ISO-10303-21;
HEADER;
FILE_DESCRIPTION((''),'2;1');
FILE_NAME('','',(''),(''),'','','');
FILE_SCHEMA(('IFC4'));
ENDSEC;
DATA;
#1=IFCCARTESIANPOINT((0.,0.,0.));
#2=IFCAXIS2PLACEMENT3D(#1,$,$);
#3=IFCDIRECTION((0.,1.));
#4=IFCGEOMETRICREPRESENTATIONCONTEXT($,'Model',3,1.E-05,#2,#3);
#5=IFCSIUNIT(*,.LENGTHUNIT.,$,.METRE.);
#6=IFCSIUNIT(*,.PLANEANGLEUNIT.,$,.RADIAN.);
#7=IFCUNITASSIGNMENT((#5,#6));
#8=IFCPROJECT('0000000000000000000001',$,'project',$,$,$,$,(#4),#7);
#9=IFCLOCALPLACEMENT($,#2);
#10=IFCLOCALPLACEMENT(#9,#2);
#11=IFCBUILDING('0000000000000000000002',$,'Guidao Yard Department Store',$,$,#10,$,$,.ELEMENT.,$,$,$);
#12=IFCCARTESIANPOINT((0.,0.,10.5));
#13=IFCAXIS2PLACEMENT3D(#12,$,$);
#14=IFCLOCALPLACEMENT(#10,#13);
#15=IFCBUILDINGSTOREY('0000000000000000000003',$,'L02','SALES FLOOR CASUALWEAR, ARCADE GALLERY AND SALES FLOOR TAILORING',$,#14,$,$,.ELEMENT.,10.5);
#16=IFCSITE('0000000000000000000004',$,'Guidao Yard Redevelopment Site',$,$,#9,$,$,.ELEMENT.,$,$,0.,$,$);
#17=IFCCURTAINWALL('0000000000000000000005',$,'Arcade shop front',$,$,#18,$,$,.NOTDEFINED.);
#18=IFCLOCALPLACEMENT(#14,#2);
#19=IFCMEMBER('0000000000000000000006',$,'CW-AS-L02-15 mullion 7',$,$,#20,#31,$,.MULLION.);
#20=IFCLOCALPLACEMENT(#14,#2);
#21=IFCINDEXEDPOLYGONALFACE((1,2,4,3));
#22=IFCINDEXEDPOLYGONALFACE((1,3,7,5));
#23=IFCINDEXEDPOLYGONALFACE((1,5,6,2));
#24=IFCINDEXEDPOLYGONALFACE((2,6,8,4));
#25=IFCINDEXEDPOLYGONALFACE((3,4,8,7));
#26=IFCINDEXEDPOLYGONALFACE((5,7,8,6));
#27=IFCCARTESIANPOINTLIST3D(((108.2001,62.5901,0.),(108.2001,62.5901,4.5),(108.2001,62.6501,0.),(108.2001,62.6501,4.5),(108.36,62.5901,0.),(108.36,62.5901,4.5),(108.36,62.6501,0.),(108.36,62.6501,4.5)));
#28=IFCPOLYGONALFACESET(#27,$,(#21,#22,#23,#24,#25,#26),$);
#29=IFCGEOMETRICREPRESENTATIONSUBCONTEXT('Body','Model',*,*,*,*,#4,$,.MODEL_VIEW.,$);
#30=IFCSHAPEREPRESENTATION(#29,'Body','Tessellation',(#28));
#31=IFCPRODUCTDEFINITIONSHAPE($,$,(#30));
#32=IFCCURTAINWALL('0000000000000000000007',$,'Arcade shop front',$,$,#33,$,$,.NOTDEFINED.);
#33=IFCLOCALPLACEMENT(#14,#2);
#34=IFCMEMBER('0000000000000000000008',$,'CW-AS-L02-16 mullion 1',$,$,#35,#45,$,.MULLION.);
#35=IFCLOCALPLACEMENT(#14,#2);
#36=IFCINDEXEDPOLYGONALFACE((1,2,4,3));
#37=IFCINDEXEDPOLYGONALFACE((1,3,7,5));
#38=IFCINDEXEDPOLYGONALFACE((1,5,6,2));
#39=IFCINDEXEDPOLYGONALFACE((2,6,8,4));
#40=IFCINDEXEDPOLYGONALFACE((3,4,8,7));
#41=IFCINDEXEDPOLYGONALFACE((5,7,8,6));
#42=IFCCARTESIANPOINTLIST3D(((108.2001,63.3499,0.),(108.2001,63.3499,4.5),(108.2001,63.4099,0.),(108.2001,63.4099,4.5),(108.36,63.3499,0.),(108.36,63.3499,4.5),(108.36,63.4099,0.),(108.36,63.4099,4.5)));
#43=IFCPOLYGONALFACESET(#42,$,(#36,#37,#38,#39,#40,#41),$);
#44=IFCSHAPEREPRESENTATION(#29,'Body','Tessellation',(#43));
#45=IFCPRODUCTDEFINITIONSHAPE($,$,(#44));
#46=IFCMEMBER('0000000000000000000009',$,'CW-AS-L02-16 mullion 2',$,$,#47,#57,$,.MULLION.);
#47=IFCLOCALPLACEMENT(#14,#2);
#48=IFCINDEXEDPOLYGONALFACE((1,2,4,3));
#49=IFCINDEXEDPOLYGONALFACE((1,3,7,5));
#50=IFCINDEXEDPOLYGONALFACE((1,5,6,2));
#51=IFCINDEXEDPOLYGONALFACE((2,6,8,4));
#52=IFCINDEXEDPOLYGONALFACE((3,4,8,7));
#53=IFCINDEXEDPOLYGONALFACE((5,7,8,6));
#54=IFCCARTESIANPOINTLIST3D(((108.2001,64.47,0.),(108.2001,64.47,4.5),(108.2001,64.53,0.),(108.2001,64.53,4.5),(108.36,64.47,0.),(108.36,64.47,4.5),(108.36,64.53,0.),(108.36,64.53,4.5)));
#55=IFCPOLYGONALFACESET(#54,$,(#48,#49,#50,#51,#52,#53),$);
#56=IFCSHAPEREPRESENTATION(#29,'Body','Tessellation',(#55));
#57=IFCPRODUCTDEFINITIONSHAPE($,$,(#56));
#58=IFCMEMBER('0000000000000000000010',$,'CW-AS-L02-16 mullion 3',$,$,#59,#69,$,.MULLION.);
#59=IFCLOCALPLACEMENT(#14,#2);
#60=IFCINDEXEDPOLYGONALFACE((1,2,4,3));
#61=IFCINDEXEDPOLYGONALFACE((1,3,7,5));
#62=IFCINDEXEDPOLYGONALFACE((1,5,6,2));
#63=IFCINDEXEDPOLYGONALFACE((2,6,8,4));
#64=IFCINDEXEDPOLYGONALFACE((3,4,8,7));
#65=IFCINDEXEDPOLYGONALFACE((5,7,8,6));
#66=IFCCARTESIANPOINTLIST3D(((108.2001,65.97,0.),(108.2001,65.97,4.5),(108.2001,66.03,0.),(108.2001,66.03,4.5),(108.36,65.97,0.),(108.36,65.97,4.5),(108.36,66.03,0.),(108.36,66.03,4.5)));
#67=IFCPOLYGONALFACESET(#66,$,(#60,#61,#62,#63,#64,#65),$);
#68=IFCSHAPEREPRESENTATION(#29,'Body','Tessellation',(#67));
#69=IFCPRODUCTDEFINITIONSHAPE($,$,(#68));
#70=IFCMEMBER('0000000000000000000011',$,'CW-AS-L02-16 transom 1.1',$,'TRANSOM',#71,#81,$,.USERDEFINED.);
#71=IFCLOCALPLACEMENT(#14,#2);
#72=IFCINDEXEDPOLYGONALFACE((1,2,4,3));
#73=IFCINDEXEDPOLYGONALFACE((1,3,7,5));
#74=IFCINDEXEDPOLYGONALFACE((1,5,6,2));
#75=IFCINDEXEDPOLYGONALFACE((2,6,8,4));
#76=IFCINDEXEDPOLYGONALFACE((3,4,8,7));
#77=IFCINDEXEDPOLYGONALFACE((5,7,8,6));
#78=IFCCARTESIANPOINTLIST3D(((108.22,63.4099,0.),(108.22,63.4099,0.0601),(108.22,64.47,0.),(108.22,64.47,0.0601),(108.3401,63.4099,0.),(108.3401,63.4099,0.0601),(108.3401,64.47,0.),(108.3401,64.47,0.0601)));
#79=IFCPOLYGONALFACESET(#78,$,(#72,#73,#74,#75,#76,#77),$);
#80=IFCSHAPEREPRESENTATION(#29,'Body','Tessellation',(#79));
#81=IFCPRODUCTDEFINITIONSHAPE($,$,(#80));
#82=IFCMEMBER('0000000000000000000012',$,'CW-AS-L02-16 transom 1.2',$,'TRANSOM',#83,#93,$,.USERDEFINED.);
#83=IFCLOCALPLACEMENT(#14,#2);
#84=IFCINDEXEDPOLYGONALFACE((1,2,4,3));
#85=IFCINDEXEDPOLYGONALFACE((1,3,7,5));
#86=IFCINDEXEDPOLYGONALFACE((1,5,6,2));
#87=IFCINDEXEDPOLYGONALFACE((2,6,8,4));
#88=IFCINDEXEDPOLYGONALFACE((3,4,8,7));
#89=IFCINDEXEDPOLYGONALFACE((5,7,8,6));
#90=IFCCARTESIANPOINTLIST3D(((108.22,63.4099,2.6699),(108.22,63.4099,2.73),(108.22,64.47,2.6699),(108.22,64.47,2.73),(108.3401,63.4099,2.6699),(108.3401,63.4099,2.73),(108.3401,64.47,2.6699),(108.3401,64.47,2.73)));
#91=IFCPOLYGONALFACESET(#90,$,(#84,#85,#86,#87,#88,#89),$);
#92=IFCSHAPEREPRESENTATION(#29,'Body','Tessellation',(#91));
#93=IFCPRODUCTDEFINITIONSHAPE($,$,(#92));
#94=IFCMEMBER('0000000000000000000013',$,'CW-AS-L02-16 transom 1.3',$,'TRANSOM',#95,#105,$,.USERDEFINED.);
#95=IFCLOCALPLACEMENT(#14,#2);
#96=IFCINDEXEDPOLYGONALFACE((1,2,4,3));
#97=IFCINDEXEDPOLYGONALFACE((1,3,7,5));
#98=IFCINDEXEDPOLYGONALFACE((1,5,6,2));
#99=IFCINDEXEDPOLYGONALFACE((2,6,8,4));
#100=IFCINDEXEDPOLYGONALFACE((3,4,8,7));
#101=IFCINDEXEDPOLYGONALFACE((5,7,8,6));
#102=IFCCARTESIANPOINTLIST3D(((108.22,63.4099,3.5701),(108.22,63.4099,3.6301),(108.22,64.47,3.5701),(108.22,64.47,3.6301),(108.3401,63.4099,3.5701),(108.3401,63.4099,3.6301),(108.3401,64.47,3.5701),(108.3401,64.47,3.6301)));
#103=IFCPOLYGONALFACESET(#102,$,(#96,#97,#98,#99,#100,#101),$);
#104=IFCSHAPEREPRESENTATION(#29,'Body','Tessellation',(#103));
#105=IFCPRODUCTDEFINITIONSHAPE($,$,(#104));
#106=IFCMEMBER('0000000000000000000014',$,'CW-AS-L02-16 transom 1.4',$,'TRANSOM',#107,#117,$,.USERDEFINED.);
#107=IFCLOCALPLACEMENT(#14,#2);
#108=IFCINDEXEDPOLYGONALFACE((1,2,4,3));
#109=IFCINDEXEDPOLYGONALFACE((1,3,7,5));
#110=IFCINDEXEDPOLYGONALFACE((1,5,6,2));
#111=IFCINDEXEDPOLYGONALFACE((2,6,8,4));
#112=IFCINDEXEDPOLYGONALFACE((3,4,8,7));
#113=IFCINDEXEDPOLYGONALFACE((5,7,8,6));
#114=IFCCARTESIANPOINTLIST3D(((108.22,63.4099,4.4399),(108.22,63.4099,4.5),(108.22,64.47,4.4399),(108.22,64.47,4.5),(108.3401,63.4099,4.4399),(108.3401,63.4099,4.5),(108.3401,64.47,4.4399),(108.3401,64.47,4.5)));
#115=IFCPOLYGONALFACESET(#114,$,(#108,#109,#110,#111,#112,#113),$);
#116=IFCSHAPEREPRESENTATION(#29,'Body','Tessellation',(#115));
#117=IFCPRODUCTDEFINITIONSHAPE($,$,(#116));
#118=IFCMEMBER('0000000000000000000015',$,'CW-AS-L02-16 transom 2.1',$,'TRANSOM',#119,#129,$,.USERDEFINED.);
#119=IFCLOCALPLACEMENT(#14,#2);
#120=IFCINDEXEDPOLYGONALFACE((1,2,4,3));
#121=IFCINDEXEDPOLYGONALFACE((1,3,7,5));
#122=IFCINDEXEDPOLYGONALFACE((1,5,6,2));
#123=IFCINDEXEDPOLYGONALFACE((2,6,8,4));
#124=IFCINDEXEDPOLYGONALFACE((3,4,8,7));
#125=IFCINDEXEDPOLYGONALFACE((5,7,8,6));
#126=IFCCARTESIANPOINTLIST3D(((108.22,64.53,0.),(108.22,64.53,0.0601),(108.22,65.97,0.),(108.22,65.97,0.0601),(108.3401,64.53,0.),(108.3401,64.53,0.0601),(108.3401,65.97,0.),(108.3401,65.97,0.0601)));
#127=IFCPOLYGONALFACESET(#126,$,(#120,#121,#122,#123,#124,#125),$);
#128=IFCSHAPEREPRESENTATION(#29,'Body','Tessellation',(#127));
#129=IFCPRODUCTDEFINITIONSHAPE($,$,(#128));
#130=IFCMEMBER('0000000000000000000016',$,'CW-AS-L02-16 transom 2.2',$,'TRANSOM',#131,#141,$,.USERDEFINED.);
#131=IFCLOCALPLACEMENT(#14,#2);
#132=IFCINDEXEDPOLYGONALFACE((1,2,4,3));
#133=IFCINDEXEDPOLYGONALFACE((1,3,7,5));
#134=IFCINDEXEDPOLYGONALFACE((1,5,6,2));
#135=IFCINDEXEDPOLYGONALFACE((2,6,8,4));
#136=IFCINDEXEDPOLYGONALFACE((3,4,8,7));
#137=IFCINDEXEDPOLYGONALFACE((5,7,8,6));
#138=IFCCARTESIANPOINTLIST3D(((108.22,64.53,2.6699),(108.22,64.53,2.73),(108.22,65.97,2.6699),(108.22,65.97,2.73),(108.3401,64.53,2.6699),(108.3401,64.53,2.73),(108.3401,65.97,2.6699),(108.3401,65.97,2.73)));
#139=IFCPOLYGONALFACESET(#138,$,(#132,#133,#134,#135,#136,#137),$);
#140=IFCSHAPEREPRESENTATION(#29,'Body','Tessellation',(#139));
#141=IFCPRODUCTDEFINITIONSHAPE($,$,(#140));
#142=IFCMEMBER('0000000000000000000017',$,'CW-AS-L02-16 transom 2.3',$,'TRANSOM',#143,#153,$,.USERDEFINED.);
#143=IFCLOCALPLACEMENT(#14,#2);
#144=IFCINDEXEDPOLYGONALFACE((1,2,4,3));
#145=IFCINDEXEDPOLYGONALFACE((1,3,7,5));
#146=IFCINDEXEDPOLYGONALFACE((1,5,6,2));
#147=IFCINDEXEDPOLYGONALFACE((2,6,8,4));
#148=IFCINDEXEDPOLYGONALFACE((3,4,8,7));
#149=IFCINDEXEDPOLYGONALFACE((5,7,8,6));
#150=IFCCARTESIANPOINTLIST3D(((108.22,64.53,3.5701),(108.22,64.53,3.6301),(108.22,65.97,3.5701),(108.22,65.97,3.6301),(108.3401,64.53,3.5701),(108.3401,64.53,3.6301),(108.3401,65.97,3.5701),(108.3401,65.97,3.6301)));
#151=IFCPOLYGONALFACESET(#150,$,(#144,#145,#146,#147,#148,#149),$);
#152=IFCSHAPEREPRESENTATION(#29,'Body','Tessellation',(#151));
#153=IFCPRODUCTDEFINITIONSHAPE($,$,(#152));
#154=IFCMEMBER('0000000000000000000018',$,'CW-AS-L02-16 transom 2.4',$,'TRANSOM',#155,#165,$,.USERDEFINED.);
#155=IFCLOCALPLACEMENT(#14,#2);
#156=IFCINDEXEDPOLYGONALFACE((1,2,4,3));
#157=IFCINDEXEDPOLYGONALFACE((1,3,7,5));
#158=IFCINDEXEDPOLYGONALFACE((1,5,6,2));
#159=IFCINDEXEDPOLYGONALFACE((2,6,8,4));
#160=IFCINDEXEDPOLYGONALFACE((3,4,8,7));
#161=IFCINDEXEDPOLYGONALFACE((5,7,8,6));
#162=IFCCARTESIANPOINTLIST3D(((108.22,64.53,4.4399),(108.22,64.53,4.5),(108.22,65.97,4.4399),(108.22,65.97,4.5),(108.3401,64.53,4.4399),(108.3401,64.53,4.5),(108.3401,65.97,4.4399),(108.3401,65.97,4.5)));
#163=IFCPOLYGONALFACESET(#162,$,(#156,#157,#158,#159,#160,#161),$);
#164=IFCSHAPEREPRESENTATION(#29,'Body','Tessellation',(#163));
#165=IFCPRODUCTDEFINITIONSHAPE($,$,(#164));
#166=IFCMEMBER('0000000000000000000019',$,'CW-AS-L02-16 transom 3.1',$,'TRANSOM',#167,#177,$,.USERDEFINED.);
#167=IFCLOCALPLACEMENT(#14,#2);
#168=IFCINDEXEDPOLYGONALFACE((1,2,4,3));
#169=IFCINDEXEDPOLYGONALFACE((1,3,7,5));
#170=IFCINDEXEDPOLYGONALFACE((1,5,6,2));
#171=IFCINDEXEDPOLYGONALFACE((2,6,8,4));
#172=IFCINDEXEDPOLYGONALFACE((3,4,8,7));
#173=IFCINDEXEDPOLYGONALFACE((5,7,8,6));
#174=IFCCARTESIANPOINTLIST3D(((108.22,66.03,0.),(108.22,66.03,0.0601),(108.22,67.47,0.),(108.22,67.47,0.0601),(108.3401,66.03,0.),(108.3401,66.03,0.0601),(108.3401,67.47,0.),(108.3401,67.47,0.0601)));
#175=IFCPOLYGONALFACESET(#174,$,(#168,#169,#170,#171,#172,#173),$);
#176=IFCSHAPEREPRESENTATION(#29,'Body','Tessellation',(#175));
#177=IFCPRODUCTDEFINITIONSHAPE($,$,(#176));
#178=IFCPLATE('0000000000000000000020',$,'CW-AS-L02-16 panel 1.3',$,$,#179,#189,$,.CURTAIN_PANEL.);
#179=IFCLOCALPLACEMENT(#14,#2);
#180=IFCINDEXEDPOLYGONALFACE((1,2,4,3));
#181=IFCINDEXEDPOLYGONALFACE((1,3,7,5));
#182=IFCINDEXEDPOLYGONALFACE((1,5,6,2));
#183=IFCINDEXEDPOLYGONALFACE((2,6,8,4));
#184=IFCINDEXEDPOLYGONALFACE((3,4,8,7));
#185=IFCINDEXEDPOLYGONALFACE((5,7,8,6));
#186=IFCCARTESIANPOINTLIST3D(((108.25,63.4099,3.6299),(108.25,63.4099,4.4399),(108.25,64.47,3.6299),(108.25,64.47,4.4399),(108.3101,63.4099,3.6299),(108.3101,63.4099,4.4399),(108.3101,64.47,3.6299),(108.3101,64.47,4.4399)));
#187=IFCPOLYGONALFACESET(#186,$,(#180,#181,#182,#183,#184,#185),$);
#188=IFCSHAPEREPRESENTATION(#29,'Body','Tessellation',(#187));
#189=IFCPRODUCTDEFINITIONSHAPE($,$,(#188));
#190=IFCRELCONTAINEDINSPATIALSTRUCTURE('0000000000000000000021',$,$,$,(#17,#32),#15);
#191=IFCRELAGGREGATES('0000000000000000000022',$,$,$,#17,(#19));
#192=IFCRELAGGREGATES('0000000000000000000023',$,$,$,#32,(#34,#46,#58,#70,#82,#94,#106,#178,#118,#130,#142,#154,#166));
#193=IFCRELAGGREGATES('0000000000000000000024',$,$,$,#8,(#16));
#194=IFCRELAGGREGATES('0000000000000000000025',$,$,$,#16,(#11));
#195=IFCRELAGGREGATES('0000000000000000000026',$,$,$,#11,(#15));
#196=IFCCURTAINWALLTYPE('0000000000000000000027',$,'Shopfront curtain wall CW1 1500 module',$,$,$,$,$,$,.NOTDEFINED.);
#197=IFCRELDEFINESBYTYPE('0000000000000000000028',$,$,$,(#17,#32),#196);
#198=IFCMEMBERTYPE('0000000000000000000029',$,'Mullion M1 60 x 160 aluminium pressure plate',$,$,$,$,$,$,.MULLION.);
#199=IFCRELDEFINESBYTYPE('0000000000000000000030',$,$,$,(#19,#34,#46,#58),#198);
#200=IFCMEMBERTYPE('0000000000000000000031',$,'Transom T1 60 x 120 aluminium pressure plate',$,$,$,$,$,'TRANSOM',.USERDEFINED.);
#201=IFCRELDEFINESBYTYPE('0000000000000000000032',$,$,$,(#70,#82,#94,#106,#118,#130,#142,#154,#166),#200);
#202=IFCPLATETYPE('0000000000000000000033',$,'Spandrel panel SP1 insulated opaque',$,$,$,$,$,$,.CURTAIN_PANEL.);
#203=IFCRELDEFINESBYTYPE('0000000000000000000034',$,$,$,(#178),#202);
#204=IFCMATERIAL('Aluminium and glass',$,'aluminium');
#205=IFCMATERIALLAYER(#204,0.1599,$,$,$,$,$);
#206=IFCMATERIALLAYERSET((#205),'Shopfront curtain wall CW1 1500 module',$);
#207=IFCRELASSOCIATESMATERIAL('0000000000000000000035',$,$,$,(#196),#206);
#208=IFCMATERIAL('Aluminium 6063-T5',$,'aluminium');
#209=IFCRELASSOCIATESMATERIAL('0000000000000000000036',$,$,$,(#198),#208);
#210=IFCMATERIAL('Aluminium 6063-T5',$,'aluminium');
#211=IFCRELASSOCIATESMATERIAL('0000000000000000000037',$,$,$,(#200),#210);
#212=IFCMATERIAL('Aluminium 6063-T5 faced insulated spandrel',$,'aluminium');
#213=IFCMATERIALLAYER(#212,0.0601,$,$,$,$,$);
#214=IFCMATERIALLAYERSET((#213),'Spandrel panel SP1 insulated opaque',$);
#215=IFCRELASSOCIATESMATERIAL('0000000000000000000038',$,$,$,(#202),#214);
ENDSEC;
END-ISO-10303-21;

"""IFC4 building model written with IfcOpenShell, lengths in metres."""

from ifc_helpers import new_model, si_unit, direction, frame, origin, origin_2d, place, context, subcontext, project, spatial, rectangle, extrude, material, layer, layer_set, material_profile, profile_set, type_object, element, aggregate, save


model = new_model("IFC4")

# Units and contexts
model_context = context("Model", 3, precision=1e-05, world=origin(), true_north=direction((0.0, 1.0)))
body_context = subcontext(model_context, "Body", "Model", "MODEL_VIEW")
ifc_project = project(units=[si_unit("LENGTHUNIT", "METRE"), si_unit("PLANEANGLEUNIT", "RADIAN")], contexts=[model_context])

# Site, building, storey
site_placement = place(None, origin())
site = spatial("IfcSite", under=ifc_project, at=site_placement, Name="Guidao Yard Redevelopment Site", CompositionType="ELEMENT", RefElevation=0.0)
building_placement = place(site_placement, origin())
building = spatial("IfcBuilding", under=site, at=building_placement, Name="Guidao Yard Department Store", CompositionType="ELEMENT")
storey_placement = place(building_placement, frame((0.0, 0.0, 10.5)))
storey = spatial("IfcBuildingStorey", under=building, at=storey_placement, Name="L02", Description="SALES FLOOR CASUALWEAR, ARCADE GALLERY AND SALES FLOOR TAILORING", CompositionType="ELEMENT", Elevation=10.5)

# Curtain wall, member
ifc_material_1 = material(Name="Aluminium and glass", Category="aluminium")
ifc_layer_1 = layer(ifc_material_1, 0.1599)
ifc_layer_set_1 = layer_set([ifc_layer_1], Name="Shopfront curtain wall CW1 1500 module")
curtain_wall_type = type_object("IfcCurtainWallType", Name="Shopfront curtain wall CW1 1500 module", PredefinedType="NOTDEFINED", material=ifc_layer_set_1)
curtain_wall_1_placement = place(storey_placement, origin())
curtain_wall_1 = element("IfcCurtainWall", 1, at=curtain_wall_1_placement, inside=storey, type_object=curtain_wall_type, Name="Arcade shop front", PredefinedType="NOTDEFINED")
ifc_material_2 = material(Name="Aluminium 6063-T5", Category="aluminium")
ifc_material_profile_1 = material_profile(ifc_material_2, rectangle(XDim=0.0601, YDim=0.1599, at=origin_2d()), Name="Mullion M1 60 x 160 aluminium pressure plate")
ifc_profile_set_1 = profile_set([ifc_material_profile_1], Name="Aluminium 6063-T5")
member_type_1 = type_object("IfcMemberType", Name="Mullion M1 60 x 160 aluminium pressure plate", PredefinedType="MULLION", material=ifc_profile_set_1)
member_1_placement = place(storey_placement, frame((108.28, 62.6201, 0.0), z_axis=(0.0, 0.0, 1.0), x_axis=(0.0, -1.0, 0.0)))
member_1 = element("IfcMember", 2, at=member_1_placement, type_object=member_type_1, Name="CW-AS-L02-15 mullion 7", PredefinedType="MULLION", context=body_context, shape_type="SweptSolid", body=[
    extrude(rectangle(XDim=0.0601, YDim=0.1599, at=origin_2d()), origin(), (0.0, 0.0, 1.0), 4.5),
])
aggregate(curtain_wall_1, [member_1])

# Curtain wall, members, plate
curtain_wall_2_placement = place(storey_placement, origin())
curtain_wall_2 = element("IfcCurtainWall", 3, at=curtain_wall_2_placement, inside=storey, type_object=curtain_wall_type, Name="Arcade shop front", PredefinedType="NOTDEFINED")
member_2_placement = place(storey_placement, frame((108.28, 63.3799, 0.0), z_axis=(0.0, 0.0, 1.0), x_axis=(0.0, -1.0, 0.0)))
member_2 = element("IfcMember", 4, at=member_2_placement, type_object=member_type_1, Name="CW-AS-L02-16 mullion 1", PredefinedType="MULLION", context=body_context, shape_type="SweptSolid", body=[
    extrude(rectangle(XDim=0.0601, YDim=0.1599, at=origin_2d()), origin(), (0.0, 0.0, 1.0), 4.5),
])
member_3_placement = place(storey_placement, frame((108.28, 64.5, 0.0), z_axis=(0.0, 0.0, 1.0), x_axis=(0.0, -1.0, 0.0)))
member_3 = element("IfcMember", 5, at=member_3_placement, type_object=member_type_1, Name="CW-AS-L02-16 mullion 2", PredefinedType="MULLION", context=body_context, shape_type="SweptSolid", body=[
    extrude(rectangle(XDim=0.0601, YDim=0.1599, at=origin_2d()), origin(), (0.0, 0.0, 1.0), 4.5),
])
member_4_placement = place(storey_placement, frame((108.28, 66.0, 0.0), z_axis=(0.0, 0.0, 1.0), x_axis=(0.0, -1.0, 0.0)))
member_4 = element("IfcMember", 6, at=member_4_placement, type_object=member_type_1, Name="CW-AS-L02-16 mullion 3", PredefinedType="MULLION", context=body_context, shape_type="SweptSolid", body=[
    extrude(rectangle(XDim=0.0601, YDim=0.1599, at=origin_2d()), origin(), (0.0, 0.0, 1.0), 4.5),
])
ifc_material_3 = material(Name="Aluminium 6063-T5", Category="aluminium")
ifc_material_profile_2 = material_profile(ifc_material_3, rectangle(XDim=0.1201, YDim=0.0601, at=origin_2d()), Name="Transom T1 60 x 120 aluminium pressure plate")
ifc_profile_set_2 = profile_set([ifc_material_profile_2], Name="Aluminium 6063-T5")
member_type_2 = type_object("IfcMemberType", Name="Transom T1 60 x 120 aluminium pressure plate", ElementType="TRANSOM", PredefinedType="USERDEFINED", material=ifc_profile_set_2)
member_5_placement = place(storey_placement, frame((108.28, 64.47, 0.03), z_axis=(0.0, -1.0, 0.0), x_axis=(1.0, 0.0, 0.0)))
member_5 = element("IfcMember", 7, at=member_5_placement, type_object=member_type_2, Name="CW-AS-L02-16 transom 1.1", ObjectType="TRANSOM", PredefinedType="USERDEFINED", context=body_context, shape_type="SweptSolid", body=[
    extrude(rectangle(XDim=0.1201, YDim=0.0601, at=origin_2d()), origin(), (0.0, 0.0, 1.0), 1.0601),
])
member_6_placement = place(storey_placement, frame((108.28, 64.47, 2.7), z_axis=(0.0, -1.0, 0.0), x_axis=(1.0, 0.0, 0.0)))
member_6 = element("IfcMember", 8, at=member_6_placement, type_object=member_type_2, Name="CW-AS-L02-16 transom 1.2", ObjectType="TRANSOM", PredefinedType="USERDEFINED", context=body_context, shape_type="SweptSolid", body=[
    extrude(rectangle(XDim=0.1201, YDim=0.0601, at=origin_2d()), origin(), (0.0, 0.0, 1.0), 1.0601),
])
member_7_placement = place(storey_placement, frame((108.28, 64.47, 3.6001), z_axis=(0.0, -1.0, 0.0), x_axis=(1.0, 0.0, 0.0)))
member_7 = element("IfcMember", 9, at=member_7_placement, type_object=member_type_2, Name="CW-AS-L02-16 transom 1.3", ObjectType="TRANSOM", PredefinedType="USERDEFINED", context=body_context, shape_type="SweptSolid", body=[
    extrude(rectangle(XDim=0.1201, YDim=0.0601, at=origin_2d()), origin(), (0.0, 0.0, 1.0), 1.0601),
])
member_8_placement = place(storey_placement, frame((108.28, 64.47, 4.47), z_axis=(0.0, -1.0, 0.0), x_axis=(1.0, 0.0, 0.0)))
member_8 = element("IfcMember", 10, at=member_8_placement, type_object=member_type_2, Name="CW-AS-L02-16 transom 1.4", ObjectType="TRANSOM", PredefinedType="USERDEFINED", context=body_context, shape_type="SweptSolid", body=[
    extrude(rectangle(XDim=0.1201, YDim=0.0601, at=origin_2d()), origin(), (0.0, 0.0, 1.0), 1.0601),
])
member_9_placement = place(storey_placement, frame((108.28, 65.97, 0.03), z_axis=(0.0, -1.0, 0.0), x_axis=(1.0, 0.0, 0.0)))
member_9 = element("IfcMember", 11, at=member_9_placement, type_object=member_type_2, Name="CW-AS-L02-16 transom 2.1", ObjectType="TRANSOM", PredefinedType="USERDEFINED", context=body_context, shape_type="SweptSolid", body=[
    extrude(rectangle(XDim=0.1201, YDim=0.0601, at=origin_2d()), origin(), (0.0, 0.0, 1.0), 1.4399),
])
member_10_placement = place(storey_placement, frame((108.28, 65.97, 2.7), z_axis=(0.0, -1.0, 0.0), x_axis=(1.0, 0.0, 0.0)))
member_10 = element("IfcMember", 12, at=member_10_placement, type_object=member_type_2, Name="CW-AS-L02-16 transom 2.2", ObjectType="TRANSOM", PredefinedType="USERDEFINED", context=body_context, shape_type="SweptSolid", body=[
    extrude(rectangle(XDim=0.1201, YDim=0.0601, at=origin_2d()), origin(), (0.0, 0.0, 1.0), 1.4399),
])
member_11_placement = place(storey_placement, frame((108.28, 65.97, 3.6001), z_axis=(0.0, -1.0, 0.0), x_axis=(1.0, 0.0, 0.0)))
member_11 = element("IfcMember", 13, at=member_11_placement, type_object=member_type_2, Name="CW-AS-L02-16 transom 2.3", ObjectType="TRANSOM", PredefinedType="USERDEFINED", context=body_context, shape_type="SweptSolid", body=[
    extrude(rectangle(XDim=0.1201, YDim=0.0601, at=origin_2d()), origin(), (0.0, 0.0, 1.0), 1.4399),
])
member_12_placement = place(storey_placement, frame((108.28, 65.97, 4.47), z_axis=(0.0, -1.0, 0.0), x_axis=(1.0, 0.0, 0.0)))
member_12 = element("IfcMember", 14, at=member_12_placement, type_object=member_type_2, Name="CW-AS-L02-16 transom 2.4", ObjectType="TRANSOM", PredefinedType="USERDEFINED", context=body_context, shape_type="SweptSolid", body=[
    extrude(rectangle(XDim=0.1201, YDim=0.0601, at=origin_2d()), origin(), (0.0, 0.0, 1.0), 1.4399),
])
member_13_placement = place(storey_placement, frame((108.28, 67.47, 0.03), z_axis=(0.0, -1.0, 0.0), x_axis=(1.0, 0.0, 0.0)))
member_13 = element("IfcMember", 15, at=member_13_placement, type_object=member_type_2, Name="CW-AS-L02-16 transom 3.1", ObjectType="TRANSOM", PredefinedType="USERDEFINED", context=body_context, shape_type="SweptSolid", body=[
    extrude(rectangle(XDim=0.1201, YDim=0.0601, at=origin_2d()), origin(), (0.0, 0.0, 1.0), 1.4399),
])
ifc_material_4 = material(Name="Aluminium 6063-T5 faced insulated spandrel", Category="aluminium")
ifc_layer_2 = layer(ifc_material_4, 0.0601)
ifc_layer_set_2 = layer_set([ifc_layer_2], Name="Spandrel panel SP1 insulated opaque")
plate_type_1 = type_object("IfcPlateType", Name="Spandrel panel SP1 insulated opaque", PredefinedType="CURTAIN_PANEL", material=ifc_layer_set_2)
plate_1_placement = place(storey_placement, frame((108.28, 63.9399, 3.6299), z_axis=(0.0, 0.0, 1.0), x_axis=(0.0, -1.0, 0.0)))
plate_1 = element("IfcPlate", 16, at=plate_1_placement, type_object=plate_type_1, Name="CW-AS-L02-16 panel 1.3", PredefinedType="CURTAIN_PANEL", context=body_context, shape_type="SweptSolid", body=[
    extrude(rectangle(XDim=1.0601, YDim=0.0601, at=origin_2d()), origin(), (0.0, 0.0, 1.0), 0.8101),
])
aggregate(curtain_wall_2, [member_2, member_3, member_4, member_5, member_6, member_7, member_8, plate_1, member_9, member_10, member_11, member_12, member_13])

save(model, "model.ifc")
